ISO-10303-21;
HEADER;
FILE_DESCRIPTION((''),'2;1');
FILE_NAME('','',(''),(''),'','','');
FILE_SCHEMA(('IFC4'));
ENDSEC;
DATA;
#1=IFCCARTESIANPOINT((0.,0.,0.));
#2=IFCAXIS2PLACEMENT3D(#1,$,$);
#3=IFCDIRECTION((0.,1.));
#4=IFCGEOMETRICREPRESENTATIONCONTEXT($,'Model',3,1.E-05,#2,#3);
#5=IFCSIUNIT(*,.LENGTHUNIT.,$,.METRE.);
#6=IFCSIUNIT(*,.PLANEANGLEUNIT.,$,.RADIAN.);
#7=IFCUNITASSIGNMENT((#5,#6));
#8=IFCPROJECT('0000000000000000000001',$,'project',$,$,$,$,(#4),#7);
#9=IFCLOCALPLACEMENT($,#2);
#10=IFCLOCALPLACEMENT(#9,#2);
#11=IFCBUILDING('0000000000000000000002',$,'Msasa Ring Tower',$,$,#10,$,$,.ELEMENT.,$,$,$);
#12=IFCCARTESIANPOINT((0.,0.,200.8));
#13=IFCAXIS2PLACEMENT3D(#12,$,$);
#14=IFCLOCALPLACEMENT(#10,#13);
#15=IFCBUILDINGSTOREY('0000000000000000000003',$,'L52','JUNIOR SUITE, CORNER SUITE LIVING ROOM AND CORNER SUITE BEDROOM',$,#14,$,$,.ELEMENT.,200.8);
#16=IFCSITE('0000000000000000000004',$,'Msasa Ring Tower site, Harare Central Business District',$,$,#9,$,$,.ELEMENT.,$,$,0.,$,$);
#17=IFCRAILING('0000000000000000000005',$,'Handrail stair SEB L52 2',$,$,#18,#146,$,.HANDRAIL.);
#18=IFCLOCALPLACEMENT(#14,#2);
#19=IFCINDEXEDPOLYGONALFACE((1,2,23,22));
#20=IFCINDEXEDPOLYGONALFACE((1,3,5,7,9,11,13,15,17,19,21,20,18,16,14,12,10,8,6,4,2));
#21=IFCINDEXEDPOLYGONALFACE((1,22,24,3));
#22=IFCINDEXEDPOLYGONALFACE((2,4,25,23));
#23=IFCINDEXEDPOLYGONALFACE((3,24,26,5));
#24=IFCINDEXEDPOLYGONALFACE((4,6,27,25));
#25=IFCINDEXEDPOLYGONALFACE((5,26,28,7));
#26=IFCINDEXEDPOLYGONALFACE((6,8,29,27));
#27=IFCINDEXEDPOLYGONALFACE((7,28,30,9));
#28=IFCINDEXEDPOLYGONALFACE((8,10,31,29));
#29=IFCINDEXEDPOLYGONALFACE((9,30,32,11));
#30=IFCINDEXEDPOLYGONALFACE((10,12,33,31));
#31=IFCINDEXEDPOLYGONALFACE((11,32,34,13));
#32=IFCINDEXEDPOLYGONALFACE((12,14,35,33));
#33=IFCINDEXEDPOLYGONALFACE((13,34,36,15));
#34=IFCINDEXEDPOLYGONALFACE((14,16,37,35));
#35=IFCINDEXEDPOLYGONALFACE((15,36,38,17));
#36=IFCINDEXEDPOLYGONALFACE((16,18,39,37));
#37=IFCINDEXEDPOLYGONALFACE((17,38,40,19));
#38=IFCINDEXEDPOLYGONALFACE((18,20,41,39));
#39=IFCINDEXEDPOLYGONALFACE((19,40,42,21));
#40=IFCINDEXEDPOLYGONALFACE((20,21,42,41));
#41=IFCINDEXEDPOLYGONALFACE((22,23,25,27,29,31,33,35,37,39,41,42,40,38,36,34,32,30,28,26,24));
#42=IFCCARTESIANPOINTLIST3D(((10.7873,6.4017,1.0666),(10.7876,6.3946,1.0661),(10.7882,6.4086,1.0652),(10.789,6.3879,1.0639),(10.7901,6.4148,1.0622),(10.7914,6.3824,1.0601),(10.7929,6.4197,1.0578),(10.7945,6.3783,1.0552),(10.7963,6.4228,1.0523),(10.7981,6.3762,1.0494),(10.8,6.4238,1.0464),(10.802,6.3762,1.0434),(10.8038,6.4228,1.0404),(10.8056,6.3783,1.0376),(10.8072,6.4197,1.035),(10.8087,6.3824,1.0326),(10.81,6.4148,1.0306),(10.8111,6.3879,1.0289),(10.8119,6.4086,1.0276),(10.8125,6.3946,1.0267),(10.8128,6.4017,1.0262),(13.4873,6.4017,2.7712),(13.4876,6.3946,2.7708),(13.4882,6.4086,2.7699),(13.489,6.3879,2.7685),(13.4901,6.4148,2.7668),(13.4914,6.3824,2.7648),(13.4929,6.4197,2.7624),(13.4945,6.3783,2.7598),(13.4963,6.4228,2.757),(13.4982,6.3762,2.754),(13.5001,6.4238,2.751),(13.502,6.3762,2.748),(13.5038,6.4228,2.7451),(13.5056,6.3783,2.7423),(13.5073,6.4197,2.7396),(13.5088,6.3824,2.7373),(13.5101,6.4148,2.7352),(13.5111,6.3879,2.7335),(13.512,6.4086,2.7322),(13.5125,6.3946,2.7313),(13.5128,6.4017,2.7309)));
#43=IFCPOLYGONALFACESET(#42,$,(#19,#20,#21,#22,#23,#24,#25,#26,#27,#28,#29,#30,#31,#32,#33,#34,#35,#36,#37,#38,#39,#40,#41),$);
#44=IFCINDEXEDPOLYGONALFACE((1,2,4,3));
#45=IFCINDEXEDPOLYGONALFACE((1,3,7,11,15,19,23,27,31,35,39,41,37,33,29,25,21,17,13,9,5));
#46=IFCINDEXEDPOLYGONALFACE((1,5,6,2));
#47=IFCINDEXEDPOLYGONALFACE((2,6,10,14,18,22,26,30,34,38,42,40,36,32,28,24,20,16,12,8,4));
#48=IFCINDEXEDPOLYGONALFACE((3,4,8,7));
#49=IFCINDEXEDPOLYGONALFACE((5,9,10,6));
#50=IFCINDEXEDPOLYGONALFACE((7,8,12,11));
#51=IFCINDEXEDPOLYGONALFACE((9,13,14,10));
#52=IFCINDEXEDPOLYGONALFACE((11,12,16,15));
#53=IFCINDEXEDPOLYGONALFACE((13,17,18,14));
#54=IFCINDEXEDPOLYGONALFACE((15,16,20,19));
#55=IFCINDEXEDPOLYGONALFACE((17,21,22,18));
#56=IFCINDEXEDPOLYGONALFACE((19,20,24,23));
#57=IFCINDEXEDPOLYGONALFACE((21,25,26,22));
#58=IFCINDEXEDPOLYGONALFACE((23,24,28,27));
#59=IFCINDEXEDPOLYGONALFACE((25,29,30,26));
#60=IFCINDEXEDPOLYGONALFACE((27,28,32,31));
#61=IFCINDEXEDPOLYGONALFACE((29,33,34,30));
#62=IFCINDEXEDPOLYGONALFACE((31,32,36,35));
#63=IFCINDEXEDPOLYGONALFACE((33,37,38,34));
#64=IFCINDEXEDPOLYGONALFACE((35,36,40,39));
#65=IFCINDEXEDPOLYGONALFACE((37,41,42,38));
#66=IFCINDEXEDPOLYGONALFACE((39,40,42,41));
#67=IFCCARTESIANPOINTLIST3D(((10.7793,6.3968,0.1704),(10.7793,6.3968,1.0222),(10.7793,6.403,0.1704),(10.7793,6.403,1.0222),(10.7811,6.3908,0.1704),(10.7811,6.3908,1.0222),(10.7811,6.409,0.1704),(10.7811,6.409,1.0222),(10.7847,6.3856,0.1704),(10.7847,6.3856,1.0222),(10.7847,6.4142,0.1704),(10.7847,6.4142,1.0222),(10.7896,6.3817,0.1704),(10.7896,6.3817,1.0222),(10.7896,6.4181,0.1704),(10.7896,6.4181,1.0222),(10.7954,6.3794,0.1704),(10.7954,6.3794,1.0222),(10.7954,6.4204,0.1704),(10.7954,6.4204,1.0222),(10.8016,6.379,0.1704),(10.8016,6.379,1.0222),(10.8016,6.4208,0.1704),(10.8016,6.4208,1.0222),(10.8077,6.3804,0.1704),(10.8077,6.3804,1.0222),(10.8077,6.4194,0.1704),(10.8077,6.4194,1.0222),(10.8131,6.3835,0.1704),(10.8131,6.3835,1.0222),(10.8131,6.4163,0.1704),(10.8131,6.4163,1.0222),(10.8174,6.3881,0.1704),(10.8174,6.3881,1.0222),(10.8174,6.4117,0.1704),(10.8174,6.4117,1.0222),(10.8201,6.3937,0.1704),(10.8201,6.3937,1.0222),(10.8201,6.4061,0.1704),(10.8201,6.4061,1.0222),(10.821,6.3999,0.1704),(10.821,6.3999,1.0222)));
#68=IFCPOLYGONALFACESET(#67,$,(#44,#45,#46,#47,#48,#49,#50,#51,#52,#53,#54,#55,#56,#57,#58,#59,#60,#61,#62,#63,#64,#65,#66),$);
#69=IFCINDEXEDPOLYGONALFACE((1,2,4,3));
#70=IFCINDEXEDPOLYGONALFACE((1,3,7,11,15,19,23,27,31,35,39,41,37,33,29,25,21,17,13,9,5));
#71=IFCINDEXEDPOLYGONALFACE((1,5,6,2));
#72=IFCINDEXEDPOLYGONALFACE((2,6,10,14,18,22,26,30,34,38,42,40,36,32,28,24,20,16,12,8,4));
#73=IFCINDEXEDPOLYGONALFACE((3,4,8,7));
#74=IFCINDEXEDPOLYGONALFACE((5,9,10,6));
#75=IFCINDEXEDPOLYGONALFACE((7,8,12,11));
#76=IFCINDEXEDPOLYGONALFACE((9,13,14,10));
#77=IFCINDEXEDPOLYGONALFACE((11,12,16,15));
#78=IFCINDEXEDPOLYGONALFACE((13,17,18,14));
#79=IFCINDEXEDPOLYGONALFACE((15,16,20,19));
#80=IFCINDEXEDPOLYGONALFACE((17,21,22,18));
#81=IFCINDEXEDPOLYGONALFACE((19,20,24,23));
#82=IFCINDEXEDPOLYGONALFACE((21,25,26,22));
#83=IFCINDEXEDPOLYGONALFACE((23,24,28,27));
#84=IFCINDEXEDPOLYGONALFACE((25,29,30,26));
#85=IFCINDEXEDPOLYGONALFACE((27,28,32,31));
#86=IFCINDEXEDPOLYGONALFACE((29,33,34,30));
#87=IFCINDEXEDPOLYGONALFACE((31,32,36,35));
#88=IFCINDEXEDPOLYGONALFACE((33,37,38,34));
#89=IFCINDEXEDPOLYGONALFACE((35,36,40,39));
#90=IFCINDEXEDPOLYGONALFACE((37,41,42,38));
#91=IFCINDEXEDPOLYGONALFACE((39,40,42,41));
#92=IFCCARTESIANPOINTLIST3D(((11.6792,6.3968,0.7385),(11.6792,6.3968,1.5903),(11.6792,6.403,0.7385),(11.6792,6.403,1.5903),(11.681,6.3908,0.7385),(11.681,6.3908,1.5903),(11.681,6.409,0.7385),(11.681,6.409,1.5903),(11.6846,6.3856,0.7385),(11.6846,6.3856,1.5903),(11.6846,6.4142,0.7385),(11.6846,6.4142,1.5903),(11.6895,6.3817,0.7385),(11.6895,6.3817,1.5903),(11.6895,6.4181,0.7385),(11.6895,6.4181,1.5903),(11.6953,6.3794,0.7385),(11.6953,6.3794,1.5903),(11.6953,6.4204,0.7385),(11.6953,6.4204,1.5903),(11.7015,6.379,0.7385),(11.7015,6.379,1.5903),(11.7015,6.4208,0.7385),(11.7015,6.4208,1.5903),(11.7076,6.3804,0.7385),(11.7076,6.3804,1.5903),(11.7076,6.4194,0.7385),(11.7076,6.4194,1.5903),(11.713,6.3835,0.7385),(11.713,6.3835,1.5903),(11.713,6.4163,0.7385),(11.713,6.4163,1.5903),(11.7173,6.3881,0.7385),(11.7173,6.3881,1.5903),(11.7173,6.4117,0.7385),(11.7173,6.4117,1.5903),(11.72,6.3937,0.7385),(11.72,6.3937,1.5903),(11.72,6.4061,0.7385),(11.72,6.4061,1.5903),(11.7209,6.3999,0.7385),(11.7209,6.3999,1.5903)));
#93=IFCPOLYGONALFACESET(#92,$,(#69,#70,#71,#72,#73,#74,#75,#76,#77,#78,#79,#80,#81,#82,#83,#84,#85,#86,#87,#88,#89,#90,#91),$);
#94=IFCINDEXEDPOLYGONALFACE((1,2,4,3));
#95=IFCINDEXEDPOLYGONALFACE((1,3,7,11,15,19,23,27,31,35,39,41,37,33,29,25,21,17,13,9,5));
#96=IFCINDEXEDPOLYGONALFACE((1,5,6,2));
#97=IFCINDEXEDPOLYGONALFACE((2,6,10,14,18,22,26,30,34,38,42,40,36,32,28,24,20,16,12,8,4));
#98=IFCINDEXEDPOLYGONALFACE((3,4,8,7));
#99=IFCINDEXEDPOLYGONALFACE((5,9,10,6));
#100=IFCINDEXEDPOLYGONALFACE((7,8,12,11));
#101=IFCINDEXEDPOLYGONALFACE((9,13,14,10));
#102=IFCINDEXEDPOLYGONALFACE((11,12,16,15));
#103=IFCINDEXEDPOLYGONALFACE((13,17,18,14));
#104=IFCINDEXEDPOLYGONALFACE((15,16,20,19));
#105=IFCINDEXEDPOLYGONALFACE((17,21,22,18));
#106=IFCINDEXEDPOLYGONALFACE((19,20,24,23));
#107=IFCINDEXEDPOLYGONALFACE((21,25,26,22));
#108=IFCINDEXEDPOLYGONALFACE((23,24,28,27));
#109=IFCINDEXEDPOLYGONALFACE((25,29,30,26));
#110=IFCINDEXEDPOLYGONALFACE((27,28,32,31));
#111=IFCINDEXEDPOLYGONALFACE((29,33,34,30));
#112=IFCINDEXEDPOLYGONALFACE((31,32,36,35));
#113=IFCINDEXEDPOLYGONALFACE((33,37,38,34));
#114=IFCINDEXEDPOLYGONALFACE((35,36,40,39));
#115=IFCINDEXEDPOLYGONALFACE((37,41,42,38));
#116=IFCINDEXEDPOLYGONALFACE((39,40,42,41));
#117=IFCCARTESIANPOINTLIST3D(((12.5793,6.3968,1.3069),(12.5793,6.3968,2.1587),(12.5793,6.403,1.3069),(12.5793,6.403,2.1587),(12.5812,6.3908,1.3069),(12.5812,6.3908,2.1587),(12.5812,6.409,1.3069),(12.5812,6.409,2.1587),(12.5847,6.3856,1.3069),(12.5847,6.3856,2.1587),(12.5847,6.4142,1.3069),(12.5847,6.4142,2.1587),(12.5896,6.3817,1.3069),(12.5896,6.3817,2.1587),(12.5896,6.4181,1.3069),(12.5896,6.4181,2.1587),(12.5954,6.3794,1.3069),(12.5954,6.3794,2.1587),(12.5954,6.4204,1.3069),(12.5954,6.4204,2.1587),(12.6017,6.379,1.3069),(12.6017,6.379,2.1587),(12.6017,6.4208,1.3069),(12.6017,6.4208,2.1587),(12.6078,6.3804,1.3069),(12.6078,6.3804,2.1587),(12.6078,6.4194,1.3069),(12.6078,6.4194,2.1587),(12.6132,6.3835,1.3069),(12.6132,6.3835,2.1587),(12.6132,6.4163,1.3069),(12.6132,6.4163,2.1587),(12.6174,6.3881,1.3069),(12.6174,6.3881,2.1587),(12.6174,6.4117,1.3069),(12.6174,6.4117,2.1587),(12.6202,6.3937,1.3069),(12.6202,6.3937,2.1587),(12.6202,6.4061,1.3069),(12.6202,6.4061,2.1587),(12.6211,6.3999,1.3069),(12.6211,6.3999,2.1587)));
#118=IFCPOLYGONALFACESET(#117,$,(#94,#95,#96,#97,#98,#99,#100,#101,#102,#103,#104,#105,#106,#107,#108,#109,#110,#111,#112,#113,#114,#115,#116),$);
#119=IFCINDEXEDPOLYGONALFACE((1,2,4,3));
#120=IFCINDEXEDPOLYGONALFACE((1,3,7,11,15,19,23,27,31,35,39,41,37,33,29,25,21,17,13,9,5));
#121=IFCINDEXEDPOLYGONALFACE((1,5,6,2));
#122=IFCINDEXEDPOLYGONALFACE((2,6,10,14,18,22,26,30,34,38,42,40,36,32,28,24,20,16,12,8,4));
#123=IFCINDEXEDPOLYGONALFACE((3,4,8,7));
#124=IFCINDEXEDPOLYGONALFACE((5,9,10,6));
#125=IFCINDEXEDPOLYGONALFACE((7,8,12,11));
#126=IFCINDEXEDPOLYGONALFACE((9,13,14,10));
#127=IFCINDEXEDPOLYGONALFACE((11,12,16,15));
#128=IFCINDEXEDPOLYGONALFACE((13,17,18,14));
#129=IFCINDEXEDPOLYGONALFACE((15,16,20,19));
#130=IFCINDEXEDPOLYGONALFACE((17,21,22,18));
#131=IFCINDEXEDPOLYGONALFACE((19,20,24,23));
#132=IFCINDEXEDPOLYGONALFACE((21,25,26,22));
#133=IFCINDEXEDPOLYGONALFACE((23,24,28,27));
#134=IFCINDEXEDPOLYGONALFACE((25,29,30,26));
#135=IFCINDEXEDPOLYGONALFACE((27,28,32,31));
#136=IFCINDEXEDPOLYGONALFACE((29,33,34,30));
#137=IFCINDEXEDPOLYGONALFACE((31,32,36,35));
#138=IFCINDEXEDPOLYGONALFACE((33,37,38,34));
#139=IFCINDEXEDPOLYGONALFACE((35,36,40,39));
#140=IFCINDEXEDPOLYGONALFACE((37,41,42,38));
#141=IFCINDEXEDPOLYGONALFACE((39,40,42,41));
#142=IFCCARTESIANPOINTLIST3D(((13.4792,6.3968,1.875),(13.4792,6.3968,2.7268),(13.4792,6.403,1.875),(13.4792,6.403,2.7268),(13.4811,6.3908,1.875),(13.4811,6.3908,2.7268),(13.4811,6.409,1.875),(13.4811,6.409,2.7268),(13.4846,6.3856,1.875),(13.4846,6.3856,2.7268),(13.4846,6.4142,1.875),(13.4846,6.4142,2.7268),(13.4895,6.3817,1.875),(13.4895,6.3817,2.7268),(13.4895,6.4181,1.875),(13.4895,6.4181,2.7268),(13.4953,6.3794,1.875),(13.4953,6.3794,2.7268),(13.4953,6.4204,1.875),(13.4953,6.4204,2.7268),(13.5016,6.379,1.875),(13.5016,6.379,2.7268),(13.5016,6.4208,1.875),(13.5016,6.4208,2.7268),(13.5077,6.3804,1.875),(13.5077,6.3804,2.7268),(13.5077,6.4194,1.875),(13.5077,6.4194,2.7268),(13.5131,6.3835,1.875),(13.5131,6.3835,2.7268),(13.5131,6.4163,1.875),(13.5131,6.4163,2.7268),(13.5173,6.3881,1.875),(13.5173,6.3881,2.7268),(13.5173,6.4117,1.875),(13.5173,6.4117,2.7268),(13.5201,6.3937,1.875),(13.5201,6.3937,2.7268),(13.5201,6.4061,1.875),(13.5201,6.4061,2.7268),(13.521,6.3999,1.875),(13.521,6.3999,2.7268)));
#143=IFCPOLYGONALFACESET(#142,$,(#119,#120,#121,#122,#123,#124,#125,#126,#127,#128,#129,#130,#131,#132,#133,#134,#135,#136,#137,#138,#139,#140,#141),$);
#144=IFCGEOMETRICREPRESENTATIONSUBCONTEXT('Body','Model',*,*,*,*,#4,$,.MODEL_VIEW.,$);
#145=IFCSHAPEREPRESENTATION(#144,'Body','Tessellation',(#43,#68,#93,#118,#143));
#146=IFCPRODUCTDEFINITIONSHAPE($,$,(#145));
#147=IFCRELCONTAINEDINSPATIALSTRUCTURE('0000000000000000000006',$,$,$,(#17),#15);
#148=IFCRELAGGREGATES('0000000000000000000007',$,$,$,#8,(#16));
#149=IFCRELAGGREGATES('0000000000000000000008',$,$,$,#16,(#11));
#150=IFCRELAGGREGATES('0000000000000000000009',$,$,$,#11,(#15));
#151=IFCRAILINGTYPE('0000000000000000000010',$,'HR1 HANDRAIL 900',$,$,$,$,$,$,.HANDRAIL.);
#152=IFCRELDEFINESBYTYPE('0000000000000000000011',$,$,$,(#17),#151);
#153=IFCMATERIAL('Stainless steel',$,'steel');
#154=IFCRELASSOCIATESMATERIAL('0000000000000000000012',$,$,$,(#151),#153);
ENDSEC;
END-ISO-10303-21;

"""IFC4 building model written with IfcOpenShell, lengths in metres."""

from ifc_helpers import new_model, si_unit, direction, frame, origin, origin_2d, place, context, subcontext, project, spatial, circle, extrude, material, type_object, element, save


model = new_model("IFC4")

# Units and contexts
model_context = context("Model", 3, precision=1e-05, world=origin(), true_north=direction((0.0, 1.0)))
body_context = subcontext(model_context, "Body", "Model", "MODEL_VIEW")
ifc_project = project(units=[si_unit("LENGTHUNIT", "METRE"), si_unit("PLANEANGLEUNIT", "RADIAN")], contexts=[model_context])

# Site, building, storey
site_placement = place(None, origin())
site = spatial("IfcSite", under=ifc_project, at=site_placement, Name="Msasa Ring Tower site, Harare Central Business District", CompositionType="ELEMENT", RefElevation=0.0)
building_placement = place(site_placement, origin())
building = spatial("IfcBuilding", under=site, at=building_placement, Name="Msasa Ring Tower", CompositionType="ELEMENT")
storey_placement = place(building_placement, frame((0.0, 0.0, 200.8)))
storey = spatial("IfcBuildingStorey", under=building, at=storey_placement, Name="L52", Description="JUNIOR SUITE, CORNER SUITE LIVING ROOM AND CORNER SUITE BEDROOM", CompositionType="ELEMENT", Elevation=200.8)

# Railing
ifc_material_1 = material(Name="Stainless steel", Category="steel")
railing_type = type_object("IfcRailingType", Name="HR1 HANDRAIL 900", PredefinedType="HANDRAIL", material=ifc_material_1)
for number, where, name in (
    (1, (10.8, 6.3999, 0.1704), "Handrail stair SEB L52 2"),
):
    element("IfcRailing", number, at=place(storey_placement, frame(where)), inside=storey, type_object=railing_type, Name=name, PredefinedType="HANDRAIL", context=body_context, shape_type="SweptSolid", body=[
        extrude(circle(Radius=0.0239, at=origin_2d()), frame((0.0, 0.0, 0.876), z_axis=(0.84558, 0.0, 0.533849), x_axis=(0.0, 1.0, 0.0)), (0.0, 0.0, 1.0), 3.1931),
        extrude(circle(Radius=0.021, at=origin_2d()), origin(), (0.0, 0.0, 1.0), 0.8518),
        extrude(circle(Radius=0.021, at=origin_2d()), frame((0.8999, 0.0, 0.5681)), (0.0, 0.0, 1.0), 0.8518),
        extrude(circle(Radius=0.021, at=origin_2d()), frame((1.8, 0.0, 1.1365)), (0.0, 0.0, 1.0), 0.8518),
        extrude(circle(Radius=0.021, at=origin_2d()), frame((2.7, 0.0, 1.7046)), (0.0, 0.0, 1.0), 0.8518),
    ])

save(model, "model.ifc")
